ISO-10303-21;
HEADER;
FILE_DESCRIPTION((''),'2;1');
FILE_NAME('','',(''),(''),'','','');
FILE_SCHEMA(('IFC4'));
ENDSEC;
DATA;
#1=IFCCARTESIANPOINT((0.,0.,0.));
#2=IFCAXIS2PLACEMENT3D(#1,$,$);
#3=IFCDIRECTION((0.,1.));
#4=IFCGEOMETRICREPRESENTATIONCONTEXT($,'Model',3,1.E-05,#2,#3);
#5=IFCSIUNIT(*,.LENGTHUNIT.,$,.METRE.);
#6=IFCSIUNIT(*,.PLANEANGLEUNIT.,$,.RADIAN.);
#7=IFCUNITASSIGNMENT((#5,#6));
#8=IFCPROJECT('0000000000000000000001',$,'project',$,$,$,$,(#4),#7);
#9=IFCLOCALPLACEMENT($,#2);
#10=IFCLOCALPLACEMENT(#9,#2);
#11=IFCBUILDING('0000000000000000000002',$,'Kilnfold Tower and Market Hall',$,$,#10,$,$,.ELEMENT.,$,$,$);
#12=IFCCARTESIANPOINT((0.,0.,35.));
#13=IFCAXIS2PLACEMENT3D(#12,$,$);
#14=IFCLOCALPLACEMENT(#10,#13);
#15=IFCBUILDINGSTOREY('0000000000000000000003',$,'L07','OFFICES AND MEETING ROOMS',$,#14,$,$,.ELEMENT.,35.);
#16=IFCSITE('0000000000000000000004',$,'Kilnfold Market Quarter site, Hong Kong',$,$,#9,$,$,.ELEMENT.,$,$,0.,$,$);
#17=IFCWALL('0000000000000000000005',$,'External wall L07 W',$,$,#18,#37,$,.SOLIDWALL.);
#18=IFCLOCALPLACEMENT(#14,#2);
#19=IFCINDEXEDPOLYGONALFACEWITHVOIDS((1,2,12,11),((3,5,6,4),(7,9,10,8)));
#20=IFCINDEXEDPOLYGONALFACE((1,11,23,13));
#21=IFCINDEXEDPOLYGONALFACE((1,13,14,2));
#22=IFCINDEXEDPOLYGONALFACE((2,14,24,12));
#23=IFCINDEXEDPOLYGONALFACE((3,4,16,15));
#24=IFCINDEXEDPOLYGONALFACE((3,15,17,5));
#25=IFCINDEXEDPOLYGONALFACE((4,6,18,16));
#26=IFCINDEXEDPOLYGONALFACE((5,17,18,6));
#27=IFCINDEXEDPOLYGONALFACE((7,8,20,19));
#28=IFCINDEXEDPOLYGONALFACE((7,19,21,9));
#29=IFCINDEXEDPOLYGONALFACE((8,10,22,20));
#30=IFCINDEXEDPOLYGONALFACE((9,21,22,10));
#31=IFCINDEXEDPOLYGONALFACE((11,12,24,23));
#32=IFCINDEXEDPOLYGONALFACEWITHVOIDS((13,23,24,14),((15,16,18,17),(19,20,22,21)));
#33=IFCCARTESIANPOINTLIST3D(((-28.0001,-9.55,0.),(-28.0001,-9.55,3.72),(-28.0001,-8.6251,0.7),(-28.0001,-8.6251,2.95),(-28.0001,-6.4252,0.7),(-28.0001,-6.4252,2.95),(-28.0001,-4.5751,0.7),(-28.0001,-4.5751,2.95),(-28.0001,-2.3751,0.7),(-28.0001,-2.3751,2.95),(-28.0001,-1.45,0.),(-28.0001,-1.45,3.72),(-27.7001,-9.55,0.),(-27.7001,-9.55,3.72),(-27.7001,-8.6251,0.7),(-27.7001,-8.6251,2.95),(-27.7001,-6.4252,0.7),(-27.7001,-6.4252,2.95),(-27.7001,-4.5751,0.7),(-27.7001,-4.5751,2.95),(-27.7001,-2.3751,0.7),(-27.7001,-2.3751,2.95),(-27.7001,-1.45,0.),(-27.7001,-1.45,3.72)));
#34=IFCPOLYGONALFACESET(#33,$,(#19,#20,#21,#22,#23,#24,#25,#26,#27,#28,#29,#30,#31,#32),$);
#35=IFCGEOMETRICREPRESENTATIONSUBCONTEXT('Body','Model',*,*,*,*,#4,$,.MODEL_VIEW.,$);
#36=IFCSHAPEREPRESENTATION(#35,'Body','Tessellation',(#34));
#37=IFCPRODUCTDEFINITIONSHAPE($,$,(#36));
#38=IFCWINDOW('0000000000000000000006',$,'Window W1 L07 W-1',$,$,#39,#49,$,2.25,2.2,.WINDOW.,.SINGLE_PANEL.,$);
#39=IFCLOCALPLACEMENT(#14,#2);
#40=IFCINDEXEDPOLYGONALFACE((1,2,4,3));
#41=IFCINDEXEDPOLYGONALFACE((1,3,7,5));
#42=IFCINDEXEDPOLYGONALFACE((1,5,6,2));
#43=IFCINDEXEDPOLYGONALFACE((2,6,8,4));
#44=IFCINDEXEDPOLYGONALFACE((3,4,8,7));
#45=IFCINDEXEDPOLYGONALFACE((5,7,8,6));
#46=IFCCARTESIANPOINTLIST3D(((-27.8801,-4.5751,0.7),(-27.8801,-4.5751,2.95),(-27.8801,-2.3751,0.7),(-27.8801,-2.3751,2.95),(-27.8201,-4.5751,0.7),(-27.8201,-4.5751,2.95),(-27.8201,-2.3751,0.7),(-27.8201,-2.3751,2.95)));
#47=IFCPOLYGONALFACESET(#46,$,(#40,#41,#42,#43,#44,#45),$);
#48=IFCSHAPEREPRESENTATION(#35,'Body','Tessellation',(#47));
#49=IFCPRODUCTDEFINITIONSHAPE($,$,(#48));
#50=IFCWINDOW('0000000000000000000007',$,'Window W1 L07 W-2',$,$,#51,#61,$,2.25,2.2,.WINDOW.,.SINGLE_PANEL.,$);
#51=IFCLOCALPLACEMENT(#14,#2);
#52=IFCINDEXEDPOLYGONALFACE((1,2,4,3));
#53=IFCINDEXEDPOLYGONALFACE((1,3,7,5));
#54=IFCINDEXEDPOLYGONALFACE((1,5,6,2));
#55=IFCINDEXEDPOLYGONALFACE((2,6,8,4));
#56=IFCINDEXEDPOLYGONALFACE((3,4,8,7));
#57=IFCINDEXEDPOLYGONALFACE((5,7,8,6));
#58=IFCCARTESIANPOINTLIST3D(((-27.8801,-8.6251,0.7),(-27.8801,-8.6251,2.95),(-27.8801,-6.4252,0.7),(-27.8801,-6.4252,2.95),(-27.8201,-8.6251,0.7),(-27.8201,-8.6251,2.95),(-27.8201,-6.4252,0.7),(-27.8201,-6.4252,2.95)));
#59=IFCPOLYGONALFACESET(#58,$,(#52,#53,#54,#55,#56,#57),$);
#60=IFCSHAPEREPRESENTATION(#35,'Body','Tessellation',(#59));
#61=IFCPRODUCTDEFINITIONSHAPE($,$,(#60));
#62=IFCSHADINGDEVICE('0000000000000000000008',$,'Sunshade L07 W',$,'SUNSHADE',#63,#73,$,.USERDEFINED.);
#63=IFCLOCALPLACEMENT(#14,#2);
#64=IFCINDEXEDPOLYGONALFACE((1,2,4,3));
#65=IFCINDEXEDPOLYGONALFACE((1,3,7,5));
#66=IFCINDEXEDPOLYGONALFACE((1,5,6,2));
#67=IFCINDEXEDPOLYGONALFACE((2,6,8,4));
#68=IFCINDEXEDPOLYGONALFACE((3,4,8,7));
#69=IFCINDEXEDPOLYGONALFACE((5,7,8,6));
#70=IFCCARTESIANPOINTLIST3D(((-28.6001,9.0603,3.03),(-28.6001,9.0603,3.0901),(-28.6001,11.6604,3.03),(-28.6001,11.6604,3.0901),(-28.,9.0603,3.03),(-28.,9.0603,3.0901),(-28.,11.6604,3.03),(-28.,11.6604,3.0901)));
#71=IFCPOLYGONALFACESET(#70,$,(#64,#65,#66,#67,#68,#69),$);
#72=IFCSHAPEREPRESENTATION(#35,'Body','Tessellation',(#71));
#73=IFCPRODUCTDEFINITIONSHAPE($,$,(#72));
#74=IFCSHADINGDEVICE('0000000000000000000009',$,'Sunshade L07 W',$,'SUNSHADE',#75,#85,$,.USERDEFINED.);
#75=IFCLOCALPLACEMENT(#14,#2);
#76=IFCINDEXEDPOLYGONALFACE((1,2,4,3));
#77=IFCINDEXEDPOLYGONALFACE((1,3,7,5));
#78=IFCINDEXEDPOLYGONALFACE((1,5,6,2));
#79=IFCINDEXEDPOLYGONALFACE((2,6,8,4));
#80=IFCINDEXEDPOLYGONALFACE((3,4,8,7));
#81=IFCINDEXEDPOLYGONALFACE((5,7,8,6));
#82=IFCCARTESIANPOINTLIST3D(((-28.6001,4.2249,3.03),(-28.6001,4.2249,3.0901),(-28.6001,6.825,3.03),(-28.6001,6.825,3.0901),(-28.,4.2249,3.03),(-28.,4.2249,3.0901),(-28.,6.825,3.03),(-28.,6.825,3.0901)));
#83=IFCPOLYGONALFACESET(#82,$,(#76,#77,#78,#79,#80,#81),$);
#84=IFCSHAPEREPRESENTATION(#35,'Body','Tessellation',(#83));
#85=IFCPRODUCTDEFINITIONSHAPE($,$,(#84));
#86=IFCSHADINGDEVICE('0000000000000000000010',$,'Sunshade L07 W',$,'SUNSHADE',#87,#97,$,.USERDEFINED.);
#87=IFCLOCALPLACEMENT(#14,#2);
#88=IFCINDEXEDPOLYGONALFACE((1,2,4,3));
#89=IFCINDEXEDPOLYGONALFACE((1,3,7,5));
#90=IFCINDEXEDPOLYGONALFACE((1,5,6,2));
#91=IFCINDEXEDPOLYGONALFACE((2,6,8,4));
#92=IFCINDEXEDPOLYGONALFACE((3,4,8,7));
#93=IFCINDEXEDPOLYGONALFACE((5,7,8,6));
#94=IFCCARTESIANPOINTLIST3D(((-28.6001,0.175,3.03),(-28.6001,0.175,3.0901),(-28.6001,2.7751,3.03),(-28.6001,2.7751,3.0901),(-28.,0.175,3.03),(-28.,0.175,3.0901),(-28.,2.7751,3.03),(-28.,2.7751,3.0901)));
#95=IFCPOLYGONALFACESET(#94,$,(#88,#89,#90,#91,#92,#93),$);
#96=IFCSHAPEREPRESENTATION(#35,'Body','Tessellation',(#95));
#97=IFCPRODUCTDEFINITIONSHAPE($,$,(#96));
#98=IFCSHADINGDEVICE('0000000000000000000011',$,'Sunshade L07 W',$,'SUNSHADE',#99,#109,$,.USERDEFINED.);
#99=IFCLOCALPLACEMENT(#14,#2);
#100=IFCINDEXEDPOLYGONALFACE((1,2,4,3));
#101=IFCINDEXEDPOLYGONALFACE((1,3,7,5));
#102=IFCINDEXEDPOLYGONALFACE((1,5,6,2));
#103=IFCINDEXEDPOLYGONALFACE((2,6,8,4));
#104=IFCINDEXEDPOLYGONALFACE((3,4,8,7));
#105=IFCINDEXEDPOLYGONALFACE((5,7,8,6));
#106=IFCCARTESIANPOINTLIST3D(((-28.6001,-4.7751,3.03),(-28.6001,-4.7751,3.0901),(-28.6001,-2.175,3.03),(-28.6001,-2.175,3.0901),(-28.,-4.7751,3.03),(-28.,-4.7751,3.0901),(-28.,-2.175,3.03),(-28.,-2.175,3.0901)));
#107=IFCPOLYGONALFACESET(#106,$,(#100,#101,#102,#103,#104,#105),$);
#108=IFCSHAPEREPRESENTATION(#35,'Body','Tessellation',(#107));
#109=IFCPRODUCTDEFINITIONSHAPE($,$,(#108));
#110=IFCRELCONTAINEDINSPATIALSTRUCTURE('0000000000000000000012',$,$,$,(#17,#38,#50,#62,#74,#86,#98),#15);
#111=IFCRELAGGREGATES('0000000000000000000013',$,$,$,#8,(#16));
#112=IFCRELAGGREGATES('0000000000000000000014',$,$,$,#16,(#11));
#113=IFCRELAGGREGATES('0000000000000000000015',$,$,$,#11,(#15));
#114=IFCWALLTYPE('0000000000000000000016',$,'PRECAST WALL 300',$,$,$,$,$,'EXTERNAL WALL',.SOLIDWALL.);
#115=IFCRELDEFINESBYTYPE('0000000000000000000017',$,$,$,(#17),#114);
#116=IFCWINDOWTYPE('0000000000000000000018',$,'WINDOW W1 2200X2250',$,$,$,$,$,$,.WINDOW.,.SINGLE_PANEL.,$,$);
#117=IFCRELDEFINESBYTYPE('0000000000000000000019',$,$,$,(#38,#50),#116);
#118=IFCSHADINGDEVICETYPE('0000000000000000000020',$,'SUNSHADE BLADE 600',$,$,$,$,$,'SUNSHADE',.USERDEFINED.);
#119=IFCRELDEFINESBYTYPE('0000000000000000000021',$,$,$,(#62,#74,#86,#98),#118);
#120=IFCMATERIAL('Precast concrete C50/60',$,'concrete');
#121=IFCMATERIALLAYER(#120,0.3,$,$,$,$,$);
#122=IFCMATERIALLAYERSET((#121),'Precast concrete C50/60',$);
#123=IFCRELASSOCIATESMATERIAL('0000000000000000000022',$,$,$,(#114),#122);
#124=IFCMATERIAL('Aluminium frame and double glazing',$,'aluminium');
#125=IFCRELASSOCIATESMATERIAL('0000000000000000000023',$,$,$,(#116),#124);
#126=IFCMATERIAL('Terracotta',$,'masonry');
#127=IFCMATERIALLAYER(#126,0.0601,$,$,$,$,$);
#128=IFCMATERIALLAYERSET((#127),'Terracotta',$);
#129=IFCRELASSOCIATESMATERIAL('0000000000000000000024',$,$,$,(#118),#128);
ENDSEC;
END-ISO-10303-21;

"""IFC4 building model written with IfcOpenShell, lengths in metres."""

from ifc_helpers import new_model, si_unit, direction, frame, frame_2d, origin, origin_2d, place, context, subcontext, project, spatial, rectangle, extrude, source, transform, mapped, material, layer, layer_set, type_object, element, fill, save


model = new_model("IFC4")

# Units and contexts
model_context = context("Model", 3, precision=1e-05, world=origin(), true_north=direction((0.0, 1.0)))
body_context = subcontext(model_context, "Body", "Model", "MODEL_VIEW")
ifc_project = project(units=[si_unit("LENGTHUNIT", "METRE"), si_unit("PLANEANGLEUNIT", "RADIAN")], contexts=[model_context])

# Site, building, storey
site_placement = place(None, origin())
site = spatial("IfcSite", under=ifc_project, at=site_placement, Name="Kilnfold Market Quarter site, Hong Kong", CompositionType="ELEMENT", RefElevation=0.0)
building_placement = place(site_placement, origin())
building = spatial("IfcBuilding", under=site, at=building_placement, Name="Kilnfold Tower and Market Hall", CompositionType="ELEMENT")
storey_placement = place(building_placement, frame((0.0, 0.0, 35.0)))
storey = spatial("IfcBuildingStorey", under=building, at=storey_placement, Name="L07", Description="OFFICES AND MEETING ROOMS", CompositionType="ELEMENT", Elevation=35.0)

# Wall, openings, windows
ifc_material_1 = material(Name="Precast concrete C50/60", Category="concrete")
ifc_layer_1 = layer(ifc_material_1, 0.3)
ifc_layer_set_1 = layer_set([ifc_layer_1], Name="Precast concrete C50/60")
wall_type_1 = type_object("IfcWallType", Name="PRECAST WALL 300", ElementType="EXTERNAL WALL", PredefinedType="SOLIDWALL", material=ifc_layer_set_1)
shared_shape_1 = source(origin(), body_context, "Body", "SweptSolid", [
    extrude(rectangle(XDim=8.1001, YDim=0.3, at=frame_2d((4.05, 0.0))), origin(), (0.0, 0.0, 1.0), 3.72),
])
ifc_material_2 = material(Name="Aluminium frame and double glazing", Category="aluminium")
window_type = type_object("IfcWindowType", Name="WINDOW W1 2200X2250", PartitioningType="SINGLE_PANEL", PredefinedType="WINDOW", material=ifc_material_2)
wall_1_placement = place(storey_placement, frame((-27.8501, -1.45, 0.0), z_axis=(0.0, 0.0, 1.0), x_axis=(0.0, -1.0, 0.0)))
wall_1 = element("IfcWall", 1, at=wall_1_placement, inside=storey, type_object=wall_type_1, Name="External wall L07 W", PredefinedType="SOLIDWALL", context=body_context, shape_type="MappedRepresentation", body=[
    mapped(shared_shape_1, transform((0.0, 0.0, 0.0))),
])
opening_1_placement = place(wall_1_placement, frame((0.925, 0.0, 0.7)))
opening_1 = element("IfcOpeningElement", 2, at=opening_1_placement, cuts=wall_1, PredefinedType="OPENING", context=body_context, shape_type="SweptSolid", body=[
    extrude(rectangle(XDim=2.2, YDim=2.25, at=frame_2d((1.1001, 1.125))), frame((0.0, 0.1602, 0.0), z_axis=(0.0, -1.0, 0.0), x_axis=(1.0, 0.0, 0.0)), (0.0, 0.0, 1.0), 0.3201),
])
opening_2_placement = place(wall_1_placement, frame((4.9751, 0.0, 0.7)))
opening_2 = element("IfcOpeningElement", 3, at=opening_2_placement, cuts=wall_1, PredefinedType="OPENING", context=body_context, shape_type="SweptSolid", body=[
    extrude(rectangle(XDim=2.2, YDim=2.25, at=frame_2d((1.1001, 1.125))), frame((0.0, 0.1602, 0.0), z_axis=(0.0, -1.0, 0.0), x_axis=(1.0, 0.0, 0.0)), (0.0, 0.0, 1.0), 0.3201),
])
window_1_placement = place(opening_1_placement, origin())
window_1 = element("IfcWindow", 4, at=window_1_placement, inside=storey, type_object=window_type, Name="Window W1 L07 W-1", OverallHeight=2.25, OverallWidth=2.2, PartitioningType="SINGLE_PANEL", PredefinedType="WINDOW", context=body_context, shape_type="SweptSolid", body=[
    extrude(rectangle(XDim=2.2, YDim=2.25, at=frame_2d((1.1001, 1.125))), frame((0.0, 0.03, 0.0), z_axis=(0.0, -1.0, 0.0), x_axis=(1.0, 0.0, 0.0)), (0.0, 0.0, 1.0), 0.0601),
])
fill(opening_1, window_1)
window_2_placement = place(opening_2_placement, origin())
window_2 = element("IfcWindow", 5, at=window_2_placement, inside=storey, type_object=window_type, Name="Window W1 L07 W-2", OverallHeight=2.25, OverallWidth=2.2, PartitioningType="SINGLE_PANEL", PredefinedType="WINDOW", context=body_context, shape_type="SweptSolid", body=[
    extrude(rectangle(XDim=2.2, YDim=2.25, at=frame_2d((1.1001, 1.125))), frame((0.0, 0.03, 0.0), z_axis=(0.0, -1.0, 0.0), x_axis=(1.0, 0.0, 0.0)), (0.0, 0.0, 1.0), 0.0601),
])
fill(opening_2, window_2)

# Shading devices
ifc_material_3 = material(Name="Terracotta", Category="masonry")
ifc_layer_2 = layer(ifc_material_3, 0.0601)
ifc_layer_set_2 = layer_set([ifc_layer_2], Name="Terracotta")
shading_device_type = type_object("IfcShadingDeviceType", Name="SUNSHADE BLADE 600", ElementType="SUNSHADE", PredefinedType="USERDEFINED", material=ifc_layer_set_2)
shared_shape_2 = source(origin(), body_context, "Body", "SweptSolid", [
    extrude(rectangle(XDim=2.6001, YDim=0.6001, at=origin_2d()), origin(), (0.0, 0.0, 1.0), 0.0601),
])
for number, where, z_axis, x_axis, name in (
    (6, (-28.3, 10.3604, 3.03), (0.0, 0.0, 1.0), (0.0, -1.0, 0.0), "Sunshade L07 W"),
    (7, (-28.3, 5.5249, 3.03), (0.0, 0.0, 1.0), (0.0, -1.0, 0.0), "Sunshade L07 W"),
    (8, (-28.3, 1.4751, 3.03), (0.0, 0.0, 1.0), (0.0, -1.0, 0.0), "Sunshade L07 W"),
    (9, (-28.3, -3.4751, 3.03), (0.0, 0.0, 1.0), (0.0, -1.0, 0.0), "Sunshade L07 W"),
):
    element("IfcShadingDevice", number, at=place(storey_placement, frame(where, z_axis=z_axis, x_axis=x_axis)), inside=storey, type_object=shading_device_type, Name=name, ObjectType="SUNSHADE", PredefinedType="USERDEFINED", context=body_context, shape_type="MappedRepresentation", body=[
        mapped(shared_shape_2, transform((0.0, 0.0, 0.0))),
    ])

save(model, "model.ifc")
